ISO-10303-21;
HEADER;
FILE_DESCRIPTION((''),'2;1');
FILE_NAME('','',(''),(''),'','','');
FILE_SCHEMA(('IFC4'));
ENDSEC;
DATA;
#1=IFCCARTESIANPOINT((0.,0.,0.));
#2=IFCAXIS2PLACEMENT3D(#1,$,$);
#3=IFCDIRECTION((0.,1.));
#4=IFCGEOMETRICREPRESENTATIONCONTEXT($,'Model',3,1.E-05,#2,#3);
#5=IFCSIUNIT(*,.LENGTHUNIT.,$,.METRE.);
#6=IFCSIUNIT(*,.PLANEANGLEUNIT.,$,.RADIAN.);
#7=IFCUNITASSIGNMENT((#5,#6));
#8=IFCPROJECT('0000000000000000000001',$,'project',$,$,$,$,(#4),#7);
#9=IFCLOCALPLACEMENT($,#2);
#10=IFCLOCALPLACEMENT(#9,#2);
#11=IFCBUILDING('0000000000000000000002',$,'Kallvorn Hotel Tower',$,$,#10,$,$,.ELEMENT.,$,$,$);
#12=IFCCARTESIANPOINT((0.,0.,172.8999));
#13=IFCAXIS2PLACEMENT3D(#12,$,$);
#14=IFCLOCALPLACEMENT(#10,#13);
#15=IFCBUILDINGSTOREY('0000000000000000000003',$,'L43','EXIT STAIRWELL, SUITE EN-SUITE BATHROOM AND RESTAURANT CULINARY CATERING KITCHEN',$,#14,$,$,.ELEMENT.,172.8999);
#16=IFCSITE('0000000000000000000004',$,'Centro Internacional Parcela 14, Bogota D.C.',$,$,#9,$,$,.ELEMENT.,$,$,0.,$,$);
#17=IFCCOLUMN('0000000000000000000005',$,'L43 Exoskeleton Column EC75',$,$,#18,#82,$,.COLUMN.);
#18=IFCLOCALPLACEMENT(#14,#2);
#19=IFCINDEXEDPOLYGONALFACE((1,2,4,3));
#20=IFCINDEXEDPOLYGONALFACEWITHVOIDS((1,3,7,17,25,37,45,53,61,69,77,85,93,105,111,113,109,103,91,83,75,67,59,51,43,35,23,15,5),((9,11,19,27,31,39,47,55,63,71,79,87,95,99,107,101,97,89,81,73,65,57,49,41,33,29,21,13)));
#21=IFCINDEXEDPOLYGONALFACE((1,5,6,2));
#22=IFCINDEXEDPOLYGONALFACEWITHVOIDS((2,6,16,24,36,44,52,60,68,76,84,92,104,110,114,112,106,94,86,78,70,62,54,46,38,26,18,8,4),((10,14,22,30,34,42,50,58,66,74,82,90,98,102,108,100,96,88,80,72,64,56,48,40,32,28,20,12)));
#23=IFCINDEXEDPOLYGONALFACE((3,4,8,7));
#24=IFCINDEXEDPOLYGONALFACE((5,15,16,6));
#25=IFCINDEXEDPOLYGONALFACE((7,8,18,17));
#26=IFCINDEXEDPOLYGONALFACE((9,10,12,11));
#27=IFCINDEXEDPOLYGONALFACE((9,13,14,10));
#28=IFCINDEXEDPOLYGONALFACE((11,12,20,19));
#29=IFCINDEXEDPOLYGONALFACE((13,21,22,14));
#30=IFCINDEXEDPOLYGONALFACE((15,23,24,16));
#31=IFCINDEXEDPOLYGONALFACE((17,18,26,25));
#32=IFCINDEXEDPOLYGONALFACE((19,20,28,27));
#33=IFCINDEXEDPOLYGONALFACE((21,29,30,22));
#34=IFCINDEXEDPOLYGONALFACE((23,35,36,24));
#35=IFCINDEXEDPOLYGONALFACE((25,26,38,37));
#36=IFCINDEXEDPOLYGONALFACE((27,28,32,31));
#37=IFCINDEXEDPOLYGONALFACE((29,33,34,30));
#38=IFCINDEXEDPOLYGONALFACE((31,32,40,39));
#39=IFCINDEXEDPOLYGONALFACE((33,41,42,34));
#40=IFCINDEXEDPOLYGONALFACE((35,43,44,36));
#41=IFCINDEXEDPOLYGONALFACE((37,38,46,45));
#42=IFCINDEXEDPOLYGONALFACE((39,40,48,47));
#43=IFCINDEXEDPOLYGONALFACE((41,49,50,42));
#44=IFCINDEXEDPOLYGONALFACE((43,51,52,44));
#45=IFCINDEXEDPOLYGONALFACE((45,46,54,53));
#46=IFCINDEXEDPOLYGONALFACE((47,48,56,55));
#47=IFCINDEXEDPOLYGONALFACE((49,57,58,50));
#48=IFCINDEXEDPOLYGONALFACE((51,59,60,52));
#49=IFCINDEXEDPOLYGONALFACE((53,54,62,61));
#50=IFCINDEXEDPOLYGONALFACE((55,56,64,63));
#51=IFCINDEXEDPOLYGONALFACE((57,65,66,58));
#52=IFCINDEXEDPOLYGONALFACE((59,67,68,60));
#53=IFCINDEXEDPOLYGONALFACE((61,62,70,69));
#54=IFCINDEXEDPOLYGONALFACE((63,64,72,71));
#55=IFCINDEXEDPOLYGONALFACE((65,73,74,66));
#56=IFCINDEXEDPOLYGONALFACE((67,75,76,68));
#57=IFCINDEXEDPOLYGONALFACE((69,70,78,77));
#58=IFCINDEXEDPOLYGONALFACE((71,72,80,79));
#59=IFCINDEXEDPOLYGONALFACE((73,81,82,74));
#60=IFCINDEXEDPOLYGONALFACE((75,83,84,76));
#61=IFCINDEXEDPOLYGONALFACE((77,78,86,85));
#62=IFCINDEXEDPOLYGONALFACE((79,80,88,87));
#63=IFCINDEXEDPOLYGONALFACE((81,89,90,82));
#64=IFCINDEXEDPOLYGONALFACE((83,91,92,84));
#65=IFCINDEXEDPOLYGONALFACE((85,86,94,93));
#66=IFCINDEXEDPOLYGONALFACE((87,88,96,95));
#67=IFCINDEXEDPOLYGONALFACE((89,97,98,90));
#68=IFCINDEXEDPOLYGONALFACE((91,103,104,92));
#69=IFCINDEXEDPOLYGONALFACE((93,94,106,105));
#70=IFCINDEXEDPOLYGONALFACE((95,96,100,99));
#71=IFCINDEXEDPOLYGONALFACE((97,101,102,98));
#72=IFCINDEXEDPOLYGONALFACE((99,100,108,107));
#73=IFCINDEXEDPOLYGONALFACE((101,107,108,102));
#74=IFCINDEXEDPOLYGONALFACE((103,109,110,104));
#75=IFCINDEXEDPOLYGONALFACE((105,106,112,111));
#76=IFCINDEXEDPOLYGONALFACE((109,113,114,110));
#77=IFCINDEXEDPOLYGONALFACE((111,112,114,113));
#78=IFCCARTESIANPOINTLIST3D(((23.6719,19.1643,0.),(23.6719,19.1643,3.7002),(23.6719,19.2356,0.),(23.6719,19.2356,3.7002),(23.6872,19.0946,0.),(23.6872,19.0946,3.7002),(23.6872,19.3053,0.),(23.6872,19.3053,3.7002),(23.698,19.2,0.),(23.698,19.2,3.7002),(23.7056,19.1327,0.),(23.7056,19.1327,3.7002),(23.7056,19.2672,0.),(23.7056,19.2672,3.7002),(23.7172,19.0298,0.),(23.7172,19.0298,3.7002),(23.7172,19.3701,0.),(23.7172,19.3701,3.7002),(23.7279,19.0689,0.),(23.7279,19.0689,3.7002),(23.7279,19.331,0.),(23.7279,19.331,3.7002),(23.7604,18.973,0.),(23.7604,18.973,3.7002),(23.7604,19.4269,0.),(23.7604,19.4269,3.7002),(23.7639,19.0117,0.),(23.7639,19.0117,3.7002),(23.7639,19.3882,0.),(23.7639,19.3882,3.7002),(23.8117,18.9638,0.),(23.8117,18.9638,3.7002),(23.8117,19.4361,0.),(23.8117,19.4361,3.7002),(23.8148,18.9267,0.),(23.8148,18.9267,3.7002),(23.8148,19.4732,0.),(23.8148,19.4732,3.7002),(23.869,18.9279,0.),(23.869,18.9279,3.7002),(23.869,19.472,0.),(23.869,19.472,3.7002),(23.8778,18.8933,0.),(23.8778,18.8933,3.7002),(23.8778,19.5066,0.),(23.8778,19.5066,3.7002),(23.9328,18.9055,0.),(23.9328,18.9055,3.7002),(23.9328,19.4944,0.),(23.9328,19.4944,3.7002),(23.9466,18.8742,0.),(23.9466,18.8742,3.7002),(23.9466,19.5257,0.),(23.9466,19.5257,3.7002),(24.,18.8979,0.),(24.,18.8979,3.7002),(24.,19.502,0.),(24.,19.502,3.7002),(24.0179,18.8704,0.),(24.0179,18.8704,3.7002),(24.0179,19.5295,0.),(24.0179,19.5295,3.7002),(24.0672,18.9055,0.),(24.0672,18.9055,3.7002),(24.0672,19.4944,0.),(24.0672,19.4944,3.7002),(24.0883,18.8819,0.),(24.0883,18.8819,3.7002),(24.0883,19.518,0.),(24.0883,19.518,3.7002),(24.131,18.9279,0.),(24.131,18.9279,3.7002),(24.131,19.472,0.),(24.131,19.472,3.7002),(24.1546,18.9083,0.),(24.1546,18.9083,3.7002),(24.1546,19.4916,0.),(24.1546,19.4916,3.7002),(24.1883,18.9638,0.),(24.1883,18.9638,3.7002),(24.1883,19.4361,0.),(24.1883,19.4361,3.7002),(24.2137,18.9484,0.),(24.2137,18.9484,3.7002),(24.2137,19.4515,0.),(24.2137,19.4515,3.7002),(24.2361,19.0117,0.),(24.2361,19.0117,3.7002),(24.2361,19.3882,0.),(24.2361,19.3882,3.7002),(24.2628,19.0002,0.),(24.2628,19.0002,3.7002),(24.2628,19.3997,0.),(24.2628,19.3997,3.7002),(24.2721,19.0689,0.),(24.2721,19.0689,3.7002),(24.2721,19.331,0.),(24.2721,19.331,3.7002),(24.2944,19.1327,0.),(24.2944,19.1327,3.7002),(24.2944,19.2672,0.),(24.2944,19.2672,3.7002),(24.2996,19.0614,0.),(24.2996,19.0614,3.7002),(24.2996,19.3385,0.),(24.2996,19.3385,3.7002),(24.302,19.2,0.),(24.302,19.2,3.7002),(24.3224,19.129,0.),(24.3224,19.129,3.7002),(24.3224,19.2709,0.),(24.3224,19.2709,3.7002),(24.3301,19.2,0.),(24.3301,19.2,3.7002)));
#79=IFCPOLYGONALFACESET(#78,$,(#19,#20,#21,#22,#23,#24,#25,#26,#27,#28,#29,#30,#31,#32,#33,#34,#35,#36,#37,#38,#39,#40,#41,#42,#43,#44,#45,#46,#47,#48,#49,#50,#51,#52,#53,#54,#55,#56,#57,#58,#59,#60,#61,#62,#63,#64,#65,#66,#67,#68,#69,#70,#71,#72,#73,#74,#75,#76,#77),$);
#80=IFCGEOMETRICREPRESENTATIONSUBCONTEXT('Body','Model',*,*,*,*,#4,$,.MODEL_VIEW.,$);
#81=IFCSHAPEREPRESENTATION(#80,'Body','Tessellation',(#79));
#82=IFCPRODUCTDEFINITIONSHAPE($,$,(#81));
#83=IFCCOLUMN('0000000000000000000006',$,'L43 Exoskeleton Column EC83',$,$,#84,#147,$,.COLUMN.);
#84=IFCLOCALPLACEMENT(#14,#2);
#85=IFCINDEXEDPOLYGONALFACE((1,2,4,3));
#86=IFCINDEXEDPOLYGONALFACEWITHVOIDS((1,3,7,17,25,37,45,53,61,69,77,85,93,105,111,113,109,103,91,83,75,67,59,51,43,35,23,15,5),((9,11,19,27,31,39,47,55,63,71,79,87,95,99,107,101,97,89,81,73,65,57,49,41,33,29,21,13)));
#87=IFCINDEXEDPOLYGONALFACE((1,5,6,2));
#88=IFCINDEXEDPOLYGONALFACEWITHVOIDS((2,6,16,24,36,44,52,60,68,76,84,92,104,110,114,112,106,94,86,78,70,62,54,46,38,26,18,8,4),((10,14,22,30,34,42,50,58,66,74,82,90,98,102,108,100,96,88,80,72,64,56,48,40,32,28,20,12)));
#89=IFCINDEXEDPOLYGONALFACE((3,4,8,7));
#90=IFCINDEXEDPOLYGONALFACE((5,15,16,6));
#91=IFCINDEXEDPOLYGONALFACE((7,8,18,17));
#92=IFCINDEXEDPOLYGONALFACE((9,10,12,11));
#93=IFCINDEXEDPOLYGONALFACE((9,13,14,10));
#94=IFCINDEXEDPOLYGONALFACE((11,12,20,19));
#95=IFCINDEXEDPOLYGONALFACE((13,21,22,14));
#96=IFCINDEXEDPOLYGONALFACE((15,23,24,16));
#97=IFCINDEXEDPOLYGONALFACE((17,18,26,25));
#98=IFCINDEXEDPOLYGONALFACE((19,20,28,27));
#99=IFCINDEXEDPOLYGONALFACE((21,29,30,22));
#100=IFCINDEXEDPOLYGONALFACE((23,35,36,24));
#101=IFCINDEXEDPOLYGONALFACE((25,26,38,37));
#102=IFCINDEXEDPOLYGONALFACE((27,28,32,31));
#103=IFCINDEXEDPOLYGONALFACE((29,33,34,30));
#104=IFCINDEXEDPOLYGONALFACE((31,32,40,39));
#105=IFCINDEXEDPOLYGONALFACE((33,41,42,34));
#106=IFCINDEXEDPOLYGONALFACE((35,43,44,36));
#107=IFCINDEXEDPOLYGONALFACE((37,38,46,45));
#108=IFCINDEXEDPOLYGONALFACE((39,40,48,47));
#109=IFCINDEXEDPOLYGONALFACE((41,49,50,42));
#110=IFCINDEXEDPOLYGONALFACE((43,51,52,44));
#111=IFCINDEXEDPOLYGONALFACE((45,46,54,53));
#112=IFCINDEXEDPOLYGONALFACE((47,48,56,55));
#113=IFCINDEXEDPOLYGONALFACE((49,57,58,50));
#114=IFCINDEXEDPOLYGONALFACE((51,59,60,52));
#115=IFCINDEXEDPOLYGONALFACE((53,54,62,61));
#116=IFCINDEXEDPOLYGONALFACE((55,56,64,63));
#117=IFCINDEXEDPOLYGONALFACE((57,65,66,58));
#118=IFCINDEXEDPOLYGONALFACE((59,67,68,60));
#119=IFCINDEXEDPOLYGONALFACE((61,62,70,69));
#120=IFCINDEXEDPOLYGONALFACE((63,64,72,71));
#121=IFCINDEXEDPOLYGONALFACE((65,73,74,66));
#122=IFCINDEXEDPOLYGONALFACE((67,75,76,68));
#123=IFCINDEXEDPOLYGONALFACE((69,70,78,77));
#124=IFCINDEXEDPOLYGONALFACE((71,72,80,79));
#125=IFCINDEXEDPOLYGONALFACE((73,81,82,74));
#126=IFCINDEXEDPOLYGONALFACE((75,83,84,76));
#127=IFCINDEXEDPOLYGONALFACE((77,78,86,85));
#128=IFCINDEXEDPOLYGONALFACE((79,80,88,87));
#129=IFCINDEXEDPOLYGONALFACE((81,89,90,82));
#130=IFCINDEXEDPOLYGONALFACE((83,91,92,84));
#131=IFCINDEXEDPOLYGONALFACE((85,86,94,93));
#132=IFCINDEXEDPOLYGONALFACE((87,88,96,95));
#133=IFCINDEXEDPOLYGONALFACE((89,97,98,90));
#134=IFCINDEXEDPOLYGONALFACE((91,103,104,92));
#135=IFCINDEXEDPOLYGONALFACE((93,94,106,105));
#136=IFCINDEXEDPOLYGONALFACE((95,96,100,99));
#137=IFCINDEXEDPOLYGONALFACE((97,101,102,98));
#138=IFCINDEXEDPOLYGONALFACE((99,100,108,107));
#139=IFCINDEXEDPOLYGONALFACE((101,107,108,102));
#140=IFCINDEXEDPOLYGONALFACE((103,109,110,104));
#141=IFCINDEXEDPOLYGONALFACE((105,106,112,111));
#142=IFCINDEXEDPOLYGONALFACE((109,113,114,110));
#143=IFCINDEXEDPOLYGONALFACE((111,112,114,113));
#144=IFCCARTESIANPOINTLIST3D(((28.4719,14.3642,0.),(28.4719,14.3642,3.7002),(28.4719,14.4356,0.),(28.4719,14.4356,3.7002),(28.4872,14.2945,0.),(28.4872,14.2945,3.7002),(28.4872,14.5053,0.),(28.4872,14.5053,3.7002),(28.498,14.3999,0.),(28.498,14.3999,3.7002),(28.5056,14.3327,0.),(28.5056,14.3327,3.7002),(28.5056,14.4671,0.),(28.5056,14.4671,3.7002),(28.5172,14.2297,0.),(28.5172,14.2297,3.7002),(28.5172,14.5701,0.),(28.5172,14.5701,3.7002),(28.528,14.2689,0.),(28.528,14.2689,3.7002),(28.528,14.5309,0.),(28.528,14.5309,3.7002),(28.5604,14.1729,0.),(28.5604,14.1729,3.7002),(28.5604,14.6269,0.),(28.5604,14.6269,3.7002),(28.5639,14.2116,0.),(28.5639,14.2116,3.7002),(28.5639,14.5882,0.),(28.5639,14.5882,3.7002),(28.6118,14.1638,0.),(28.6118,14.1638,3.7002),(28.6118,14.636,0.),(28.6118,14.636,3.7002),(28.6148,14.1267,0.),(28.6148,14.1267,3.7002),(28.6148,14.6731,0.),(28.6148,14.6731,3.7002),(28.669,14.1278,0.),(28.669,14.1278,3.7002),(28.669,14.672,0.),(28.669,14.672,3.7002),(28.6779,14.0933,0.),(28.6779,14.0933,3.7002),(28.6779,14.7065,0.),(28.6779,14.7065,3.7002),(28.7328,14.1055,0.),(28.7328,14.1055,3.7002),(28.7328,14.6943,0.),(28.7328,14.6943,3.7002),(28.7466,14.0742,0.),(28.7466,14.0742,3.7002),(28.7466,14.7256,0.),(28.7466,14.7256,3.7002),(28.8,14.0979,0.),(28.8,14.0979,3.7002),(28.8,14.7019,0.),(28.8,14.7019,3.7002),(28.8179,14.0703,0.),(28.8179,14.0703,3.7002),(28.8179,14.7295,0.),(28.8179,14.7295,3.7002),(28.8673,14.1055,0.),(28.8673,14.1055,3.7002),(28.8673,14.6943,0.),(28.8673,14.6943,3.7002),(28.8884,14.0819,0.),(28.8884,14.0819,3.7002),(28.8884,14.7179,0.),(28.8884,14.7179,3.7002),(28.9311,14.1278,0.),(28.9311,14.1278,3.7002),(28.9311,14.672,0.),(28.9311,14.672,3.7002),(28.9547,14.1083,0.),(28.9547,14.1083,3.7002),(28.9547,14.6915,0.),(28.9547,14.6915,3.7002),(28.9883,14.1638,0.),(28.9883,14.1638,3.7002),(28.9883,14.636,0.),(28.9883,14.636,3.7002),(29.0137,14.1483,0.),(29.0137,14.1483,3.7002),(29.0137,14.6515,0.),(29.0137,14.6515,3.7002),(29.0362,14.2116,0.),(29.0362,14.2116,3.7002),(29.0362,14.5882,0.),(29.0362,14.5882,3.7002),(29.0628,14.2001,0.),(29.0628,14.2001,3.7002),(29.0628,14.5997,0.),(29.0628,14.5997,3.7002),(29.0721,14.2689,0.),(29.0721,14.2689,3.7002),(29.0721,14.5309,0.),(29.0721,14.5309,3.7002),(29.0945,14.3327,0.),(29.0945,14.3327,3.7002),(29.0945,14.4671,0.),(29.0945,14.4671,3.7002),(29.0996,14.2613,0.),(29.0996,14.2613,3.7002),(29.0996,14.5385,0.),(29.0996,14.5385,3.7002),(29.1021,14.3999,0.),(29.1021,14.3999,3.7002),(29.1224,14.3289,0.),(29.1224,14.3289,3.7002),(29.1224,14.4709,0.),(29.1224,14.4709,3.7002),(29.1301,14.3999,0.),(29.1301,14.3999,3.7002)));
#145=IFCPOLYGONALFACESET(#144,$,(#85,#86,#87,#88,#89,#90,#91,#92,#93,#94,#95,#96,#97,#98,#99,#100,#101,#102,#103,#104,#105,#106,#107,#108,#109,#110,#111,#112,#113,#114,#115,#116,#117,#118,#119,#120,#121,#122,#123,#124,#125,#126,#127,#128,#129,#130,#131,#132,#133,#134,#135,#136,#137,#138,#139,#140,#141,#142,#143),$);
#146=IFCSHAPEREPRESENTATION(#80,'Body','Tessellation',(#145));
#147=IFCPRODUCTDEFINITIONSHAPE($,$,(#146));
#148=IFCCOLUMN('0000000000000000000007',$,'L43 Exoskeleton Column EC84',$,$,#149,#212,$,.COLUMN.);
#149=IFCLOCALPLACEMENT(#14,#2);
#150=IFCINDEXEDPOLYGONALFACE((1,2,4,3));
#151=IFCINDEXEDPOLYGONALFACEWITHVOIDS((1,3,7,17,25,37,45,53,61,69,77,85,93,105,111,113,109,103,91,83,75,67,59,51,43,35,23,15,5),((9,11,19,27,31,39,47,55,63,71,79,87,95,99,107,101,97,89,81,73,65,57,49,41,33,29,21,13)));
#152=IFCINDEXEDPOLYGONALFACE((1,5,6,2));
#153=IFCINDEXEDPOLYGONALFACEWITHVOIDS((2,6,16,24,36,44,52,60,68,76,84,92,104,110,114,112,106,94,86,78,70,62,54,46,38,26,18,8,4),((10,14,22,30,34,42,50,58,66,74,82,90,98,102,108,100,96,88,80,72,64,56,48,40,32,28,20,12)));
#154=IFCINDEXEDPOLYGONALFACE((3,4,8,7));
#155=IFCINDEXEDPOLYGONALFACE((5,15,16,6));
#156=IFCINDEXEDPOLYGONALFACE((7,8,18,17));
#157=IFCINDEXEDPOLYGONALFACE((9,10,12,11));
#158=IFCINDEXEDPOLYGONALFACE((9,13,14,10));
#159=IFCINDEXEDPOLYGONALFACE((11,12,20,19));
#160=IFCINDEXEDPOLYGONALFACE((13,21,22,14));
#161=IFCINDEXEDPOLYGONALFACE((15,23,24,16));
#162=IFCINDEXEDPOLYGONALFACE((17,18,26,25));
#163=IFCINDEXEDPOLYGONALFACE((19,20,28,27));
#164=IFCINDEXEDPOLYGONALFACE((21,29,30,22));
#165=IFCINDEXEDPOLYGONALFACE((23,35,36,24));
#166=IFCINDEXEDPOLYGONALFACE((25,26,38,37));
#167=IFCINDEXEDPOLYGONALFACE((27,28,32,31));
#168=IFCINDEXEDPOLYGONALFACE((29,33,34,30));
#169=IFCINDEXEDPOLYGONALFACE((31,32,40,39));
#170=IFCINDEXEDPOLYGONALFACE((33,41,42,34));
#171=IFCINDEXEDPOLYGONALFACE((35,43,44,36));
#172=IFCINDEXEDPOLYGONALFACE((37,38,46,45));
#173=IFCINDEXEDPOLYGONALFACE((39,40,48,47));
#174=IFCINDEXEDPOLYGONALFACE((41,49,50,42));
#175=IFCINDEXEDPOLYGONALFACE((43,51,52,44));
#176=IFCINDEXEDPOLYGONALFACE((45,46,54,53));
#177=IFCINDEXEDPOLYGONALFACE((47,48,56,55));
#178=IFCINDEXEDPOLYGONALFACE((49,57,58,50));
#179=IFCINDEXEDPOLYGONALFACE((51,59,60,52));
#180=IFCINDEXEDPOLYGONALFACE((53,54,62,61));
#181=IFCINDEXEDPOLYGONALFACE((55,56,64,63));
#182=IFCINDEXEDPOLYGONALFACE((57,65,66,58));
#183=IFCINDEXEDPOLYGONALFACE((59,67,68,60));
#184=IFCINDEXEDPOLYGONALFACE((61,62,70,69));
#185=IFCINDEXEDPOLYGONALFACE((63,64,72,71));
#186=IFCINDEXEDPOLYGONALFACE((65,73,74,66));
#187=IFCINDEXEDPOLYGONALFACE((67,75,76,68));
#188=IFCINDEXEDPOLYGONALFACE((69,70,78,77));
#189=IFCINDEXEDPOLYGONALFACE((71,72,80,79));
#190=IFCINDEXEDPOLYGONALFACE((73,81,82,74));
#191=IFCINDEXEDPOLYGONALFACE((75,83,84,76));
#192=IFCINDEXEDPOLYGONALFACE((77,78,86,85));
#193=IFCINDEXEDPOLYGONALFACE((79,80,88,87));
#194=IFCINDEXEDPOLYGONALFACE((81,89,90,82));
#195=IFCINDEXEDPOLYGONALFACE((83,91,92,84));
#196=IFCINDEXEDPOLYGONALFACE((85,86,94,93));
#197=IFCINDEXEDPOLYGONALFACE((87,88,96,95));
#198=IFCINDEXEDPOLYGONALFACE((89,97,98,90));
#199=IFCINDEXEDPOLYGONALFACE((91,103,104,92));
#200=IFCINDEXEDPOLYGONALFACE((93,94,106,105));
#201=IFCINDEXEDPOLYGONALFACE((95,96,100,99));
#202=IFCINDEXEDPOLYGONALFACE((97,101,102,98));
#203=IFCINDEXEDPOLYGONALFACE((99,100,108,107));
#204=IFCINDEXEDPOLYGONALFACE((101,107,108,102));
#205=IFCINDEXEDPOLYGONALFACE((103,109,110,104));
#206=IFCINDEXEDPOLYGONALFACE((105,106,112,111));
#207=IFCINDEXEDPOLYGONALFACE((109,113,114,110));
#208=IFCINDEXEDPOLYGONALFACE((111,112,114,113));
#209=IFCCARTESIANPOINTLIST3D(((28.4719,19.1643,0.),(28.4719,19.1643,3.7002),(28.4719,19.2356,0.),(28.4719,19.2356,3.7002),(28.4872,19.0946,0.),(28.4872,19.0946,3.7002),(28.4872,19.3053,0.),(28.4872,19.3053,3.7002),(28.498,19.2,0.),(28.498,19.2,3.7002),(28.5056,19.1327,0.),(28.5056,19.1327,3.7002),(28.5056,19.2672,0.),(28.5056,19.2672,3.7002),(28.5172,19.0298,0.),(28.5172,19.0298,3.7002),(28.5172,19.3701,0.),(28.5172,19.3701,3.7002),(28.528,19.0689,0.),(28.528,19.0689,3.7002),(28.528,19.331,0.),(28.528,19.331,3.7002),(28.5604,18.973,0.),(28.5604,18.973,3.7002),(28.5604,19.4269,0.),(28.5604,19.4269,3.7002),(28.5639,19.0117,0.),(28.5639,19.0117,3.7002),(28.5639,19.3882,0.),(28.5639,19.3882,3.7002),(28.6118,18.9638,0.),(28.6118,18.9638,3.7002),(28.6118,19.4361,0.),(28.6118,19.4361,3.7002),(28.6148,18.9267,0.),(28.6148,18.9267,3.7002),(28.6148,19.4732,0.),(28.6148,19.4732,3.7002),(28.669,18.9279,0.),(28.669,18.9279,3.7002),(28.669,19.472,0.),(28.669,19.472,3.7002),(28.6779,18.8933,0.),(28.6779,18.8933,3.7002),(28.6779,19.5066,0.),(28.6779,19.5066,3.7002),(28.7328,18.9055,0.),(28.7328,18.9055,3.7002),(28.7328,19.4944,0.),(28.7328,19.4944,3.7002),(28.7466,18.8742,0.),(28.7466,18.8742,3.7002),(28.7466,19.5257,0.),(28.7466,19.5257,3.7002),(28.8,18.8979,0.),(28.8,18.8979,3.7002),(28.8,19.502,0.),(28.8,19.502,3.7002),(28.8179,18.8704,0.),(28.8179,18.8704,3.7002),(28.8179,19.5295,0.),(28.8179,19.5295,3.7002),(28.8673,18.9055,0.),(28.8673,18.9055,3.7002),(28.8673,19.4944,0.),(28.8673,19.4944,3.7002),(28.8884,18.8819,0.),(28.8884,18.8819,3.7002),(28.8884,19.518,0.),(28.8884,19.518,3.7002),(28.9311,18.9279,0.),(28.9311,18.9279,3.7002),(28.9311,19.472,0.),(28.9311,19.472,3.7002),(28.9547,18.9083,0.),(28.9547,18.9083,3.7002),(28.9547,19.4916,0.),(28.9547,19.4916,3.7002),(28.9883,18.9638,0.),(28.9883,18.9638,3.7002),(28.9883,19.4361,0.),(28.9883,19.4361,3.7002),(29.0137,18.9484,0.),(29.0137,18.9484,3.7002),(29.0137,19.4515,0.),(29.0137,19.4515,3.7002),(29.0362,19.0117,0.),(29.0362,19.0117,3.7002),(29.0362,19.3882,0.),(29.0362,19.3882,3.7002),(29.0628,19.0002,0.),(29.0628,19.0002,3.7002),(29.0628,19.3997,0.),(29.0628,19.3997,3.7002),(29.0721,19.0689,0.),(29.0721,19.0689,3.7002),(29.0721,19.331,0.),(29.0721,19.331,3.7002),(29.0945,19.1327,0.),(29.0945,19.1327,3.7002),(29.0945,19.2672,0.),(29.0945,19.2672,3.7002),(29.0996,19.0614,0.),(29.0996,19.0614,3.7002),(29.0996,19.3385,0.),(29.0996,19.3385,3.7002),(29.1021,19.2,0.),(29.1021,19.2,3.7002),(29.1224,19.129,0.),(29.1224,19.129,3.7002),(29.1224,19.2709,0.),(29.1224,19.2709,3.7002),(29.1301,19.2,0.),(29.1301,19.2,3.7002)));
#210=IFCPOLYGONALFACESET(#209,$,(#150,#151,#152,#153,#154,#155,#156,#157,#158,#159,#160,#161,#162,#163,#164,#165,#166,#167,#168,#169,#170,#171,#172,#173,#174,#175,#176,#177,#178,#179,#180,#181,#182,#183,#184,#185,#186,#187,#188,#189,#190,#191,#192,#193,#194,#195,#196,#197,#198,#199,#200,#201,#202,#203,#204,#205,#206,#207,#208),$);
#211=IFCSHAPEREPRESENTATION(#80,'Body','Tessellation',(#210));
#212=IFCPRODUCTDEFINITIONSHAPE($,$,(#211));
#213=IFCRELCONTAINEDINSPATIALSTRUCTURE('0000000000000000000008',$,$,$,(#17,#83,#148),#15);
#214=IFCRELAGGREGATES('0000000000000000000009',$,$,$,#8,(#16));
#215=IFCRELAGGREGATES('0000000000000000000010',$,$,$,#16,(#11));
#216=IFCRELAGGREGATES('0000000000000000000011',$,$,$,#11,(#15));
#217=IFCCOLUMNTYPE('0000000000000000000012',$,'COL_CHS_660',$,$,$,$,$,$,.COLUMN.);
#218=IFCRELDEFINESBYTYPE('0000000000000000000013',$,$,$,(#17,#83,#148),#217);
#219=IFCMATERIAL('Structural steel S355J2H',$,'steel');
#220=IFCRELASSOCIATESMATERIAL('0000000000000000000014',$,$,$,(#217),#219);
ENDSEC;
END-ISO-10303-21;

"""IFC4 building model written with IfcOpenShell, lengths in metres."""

from ifc_helpers import new_model, si_unit, direction, frame, origin, origin_2d, place, context, subcontext, project, spatial, hollow_circle, extrude, material, material_profile, profile_set, type_object, element, save


model = new_model("IFC4")

# Units and contexts
model_context = context("Model", 3, precision=1e-05, world=origin(), true_north=direction((0.0, 1.0)))
body_context = subcontext(model_context, "Body", "Model", "MODEL_VIEW")
ifc_project = project(units=[si_unit("LENGTHUNIT", "METRE"), si_unit("PLANEANGLEUNIT", "RADIAN")], contexts=[model_context])

# Site, building, storey
site_placement = place(None, origin())
site = spatial("IfcSite", under=ifc_project, at=site_placement, Name="Centro Internacional Parcela 14, Bogota D.C.", CompositionType="ELEMENT", RefElevation=0.0)
building_placement = place(site_placement, origin())
building = spatial("IfcBuilding", under=site, at=building_placement, Name="Kallvorn Hotel Tower", CompositionType="ELEMENT")
storey_placement = place(building_placement, frame((0.0, 0.0, 172.8999)))
storey = spatial("IfcBuildingStorey", under=building, at=storey_placement, Name="L43", Description="EXIT STAIRWELL, SUITE EN-SUITE BATHROOM AND RESTAURANT CULINARY CATERING KITCHEN", CompositionType="ELEMENT", Elevation=172.8999)

# Columns
ifc_material_1 = material(Name="Structural steel S355J2H", Category="steel")
ifc_material_profile_1 = material_profile(ifc_material_1, hollow_circle(Radius=0.3301, WallThickness=0.0281, at=origin_2d()), Name="CHS 660x28")
ifc_profile_set_1 = profile_set([ifc_material_profile_1], Name="Structural steel S355J2H")
column_type_1 = type_object("IfcColumnType", Name="COL_CHS_660", PredefinedType="COLUMN", material=ifc_profile_set_1)
for number, where, z_axis, x_axis, name in (
    (1, (24.0, 19.2, 0.0), (0.0, 0.0, 1.0), (1.0, 0.0, 0.0), "L43 Exoskeleton Column EC75"),
    (2, (28.8, 14.3999, 0.0), (0.0, 0.0, 1.0), (1.0, 0.0, 0.0), "L43 Exoskeleton Column EC83"),
    (3, (28.8, 19.2, 0.0), (0.0, 0.0, 1.0), (1.0, 0.0, 0.0), "L43 Exoskeleton Column EC84"),
):
    element("IfcColumn", number, at=place(storey_placement, frame(where, z_axis=z_axis, x_axis=x_axis)), inside=storey, type_object=column_type_1, Name=name, PredefinedType="COLUMN", context=body_context, shape_type="SweptSolid", body=[
        extrude(hollow_circle(Radius=0.3301, WallThickness=0.0281, at=origin_2d()), origin(), (0.0, 0.0, 1.0), 3.7002),
    ])

save(model, "model.ifc")
